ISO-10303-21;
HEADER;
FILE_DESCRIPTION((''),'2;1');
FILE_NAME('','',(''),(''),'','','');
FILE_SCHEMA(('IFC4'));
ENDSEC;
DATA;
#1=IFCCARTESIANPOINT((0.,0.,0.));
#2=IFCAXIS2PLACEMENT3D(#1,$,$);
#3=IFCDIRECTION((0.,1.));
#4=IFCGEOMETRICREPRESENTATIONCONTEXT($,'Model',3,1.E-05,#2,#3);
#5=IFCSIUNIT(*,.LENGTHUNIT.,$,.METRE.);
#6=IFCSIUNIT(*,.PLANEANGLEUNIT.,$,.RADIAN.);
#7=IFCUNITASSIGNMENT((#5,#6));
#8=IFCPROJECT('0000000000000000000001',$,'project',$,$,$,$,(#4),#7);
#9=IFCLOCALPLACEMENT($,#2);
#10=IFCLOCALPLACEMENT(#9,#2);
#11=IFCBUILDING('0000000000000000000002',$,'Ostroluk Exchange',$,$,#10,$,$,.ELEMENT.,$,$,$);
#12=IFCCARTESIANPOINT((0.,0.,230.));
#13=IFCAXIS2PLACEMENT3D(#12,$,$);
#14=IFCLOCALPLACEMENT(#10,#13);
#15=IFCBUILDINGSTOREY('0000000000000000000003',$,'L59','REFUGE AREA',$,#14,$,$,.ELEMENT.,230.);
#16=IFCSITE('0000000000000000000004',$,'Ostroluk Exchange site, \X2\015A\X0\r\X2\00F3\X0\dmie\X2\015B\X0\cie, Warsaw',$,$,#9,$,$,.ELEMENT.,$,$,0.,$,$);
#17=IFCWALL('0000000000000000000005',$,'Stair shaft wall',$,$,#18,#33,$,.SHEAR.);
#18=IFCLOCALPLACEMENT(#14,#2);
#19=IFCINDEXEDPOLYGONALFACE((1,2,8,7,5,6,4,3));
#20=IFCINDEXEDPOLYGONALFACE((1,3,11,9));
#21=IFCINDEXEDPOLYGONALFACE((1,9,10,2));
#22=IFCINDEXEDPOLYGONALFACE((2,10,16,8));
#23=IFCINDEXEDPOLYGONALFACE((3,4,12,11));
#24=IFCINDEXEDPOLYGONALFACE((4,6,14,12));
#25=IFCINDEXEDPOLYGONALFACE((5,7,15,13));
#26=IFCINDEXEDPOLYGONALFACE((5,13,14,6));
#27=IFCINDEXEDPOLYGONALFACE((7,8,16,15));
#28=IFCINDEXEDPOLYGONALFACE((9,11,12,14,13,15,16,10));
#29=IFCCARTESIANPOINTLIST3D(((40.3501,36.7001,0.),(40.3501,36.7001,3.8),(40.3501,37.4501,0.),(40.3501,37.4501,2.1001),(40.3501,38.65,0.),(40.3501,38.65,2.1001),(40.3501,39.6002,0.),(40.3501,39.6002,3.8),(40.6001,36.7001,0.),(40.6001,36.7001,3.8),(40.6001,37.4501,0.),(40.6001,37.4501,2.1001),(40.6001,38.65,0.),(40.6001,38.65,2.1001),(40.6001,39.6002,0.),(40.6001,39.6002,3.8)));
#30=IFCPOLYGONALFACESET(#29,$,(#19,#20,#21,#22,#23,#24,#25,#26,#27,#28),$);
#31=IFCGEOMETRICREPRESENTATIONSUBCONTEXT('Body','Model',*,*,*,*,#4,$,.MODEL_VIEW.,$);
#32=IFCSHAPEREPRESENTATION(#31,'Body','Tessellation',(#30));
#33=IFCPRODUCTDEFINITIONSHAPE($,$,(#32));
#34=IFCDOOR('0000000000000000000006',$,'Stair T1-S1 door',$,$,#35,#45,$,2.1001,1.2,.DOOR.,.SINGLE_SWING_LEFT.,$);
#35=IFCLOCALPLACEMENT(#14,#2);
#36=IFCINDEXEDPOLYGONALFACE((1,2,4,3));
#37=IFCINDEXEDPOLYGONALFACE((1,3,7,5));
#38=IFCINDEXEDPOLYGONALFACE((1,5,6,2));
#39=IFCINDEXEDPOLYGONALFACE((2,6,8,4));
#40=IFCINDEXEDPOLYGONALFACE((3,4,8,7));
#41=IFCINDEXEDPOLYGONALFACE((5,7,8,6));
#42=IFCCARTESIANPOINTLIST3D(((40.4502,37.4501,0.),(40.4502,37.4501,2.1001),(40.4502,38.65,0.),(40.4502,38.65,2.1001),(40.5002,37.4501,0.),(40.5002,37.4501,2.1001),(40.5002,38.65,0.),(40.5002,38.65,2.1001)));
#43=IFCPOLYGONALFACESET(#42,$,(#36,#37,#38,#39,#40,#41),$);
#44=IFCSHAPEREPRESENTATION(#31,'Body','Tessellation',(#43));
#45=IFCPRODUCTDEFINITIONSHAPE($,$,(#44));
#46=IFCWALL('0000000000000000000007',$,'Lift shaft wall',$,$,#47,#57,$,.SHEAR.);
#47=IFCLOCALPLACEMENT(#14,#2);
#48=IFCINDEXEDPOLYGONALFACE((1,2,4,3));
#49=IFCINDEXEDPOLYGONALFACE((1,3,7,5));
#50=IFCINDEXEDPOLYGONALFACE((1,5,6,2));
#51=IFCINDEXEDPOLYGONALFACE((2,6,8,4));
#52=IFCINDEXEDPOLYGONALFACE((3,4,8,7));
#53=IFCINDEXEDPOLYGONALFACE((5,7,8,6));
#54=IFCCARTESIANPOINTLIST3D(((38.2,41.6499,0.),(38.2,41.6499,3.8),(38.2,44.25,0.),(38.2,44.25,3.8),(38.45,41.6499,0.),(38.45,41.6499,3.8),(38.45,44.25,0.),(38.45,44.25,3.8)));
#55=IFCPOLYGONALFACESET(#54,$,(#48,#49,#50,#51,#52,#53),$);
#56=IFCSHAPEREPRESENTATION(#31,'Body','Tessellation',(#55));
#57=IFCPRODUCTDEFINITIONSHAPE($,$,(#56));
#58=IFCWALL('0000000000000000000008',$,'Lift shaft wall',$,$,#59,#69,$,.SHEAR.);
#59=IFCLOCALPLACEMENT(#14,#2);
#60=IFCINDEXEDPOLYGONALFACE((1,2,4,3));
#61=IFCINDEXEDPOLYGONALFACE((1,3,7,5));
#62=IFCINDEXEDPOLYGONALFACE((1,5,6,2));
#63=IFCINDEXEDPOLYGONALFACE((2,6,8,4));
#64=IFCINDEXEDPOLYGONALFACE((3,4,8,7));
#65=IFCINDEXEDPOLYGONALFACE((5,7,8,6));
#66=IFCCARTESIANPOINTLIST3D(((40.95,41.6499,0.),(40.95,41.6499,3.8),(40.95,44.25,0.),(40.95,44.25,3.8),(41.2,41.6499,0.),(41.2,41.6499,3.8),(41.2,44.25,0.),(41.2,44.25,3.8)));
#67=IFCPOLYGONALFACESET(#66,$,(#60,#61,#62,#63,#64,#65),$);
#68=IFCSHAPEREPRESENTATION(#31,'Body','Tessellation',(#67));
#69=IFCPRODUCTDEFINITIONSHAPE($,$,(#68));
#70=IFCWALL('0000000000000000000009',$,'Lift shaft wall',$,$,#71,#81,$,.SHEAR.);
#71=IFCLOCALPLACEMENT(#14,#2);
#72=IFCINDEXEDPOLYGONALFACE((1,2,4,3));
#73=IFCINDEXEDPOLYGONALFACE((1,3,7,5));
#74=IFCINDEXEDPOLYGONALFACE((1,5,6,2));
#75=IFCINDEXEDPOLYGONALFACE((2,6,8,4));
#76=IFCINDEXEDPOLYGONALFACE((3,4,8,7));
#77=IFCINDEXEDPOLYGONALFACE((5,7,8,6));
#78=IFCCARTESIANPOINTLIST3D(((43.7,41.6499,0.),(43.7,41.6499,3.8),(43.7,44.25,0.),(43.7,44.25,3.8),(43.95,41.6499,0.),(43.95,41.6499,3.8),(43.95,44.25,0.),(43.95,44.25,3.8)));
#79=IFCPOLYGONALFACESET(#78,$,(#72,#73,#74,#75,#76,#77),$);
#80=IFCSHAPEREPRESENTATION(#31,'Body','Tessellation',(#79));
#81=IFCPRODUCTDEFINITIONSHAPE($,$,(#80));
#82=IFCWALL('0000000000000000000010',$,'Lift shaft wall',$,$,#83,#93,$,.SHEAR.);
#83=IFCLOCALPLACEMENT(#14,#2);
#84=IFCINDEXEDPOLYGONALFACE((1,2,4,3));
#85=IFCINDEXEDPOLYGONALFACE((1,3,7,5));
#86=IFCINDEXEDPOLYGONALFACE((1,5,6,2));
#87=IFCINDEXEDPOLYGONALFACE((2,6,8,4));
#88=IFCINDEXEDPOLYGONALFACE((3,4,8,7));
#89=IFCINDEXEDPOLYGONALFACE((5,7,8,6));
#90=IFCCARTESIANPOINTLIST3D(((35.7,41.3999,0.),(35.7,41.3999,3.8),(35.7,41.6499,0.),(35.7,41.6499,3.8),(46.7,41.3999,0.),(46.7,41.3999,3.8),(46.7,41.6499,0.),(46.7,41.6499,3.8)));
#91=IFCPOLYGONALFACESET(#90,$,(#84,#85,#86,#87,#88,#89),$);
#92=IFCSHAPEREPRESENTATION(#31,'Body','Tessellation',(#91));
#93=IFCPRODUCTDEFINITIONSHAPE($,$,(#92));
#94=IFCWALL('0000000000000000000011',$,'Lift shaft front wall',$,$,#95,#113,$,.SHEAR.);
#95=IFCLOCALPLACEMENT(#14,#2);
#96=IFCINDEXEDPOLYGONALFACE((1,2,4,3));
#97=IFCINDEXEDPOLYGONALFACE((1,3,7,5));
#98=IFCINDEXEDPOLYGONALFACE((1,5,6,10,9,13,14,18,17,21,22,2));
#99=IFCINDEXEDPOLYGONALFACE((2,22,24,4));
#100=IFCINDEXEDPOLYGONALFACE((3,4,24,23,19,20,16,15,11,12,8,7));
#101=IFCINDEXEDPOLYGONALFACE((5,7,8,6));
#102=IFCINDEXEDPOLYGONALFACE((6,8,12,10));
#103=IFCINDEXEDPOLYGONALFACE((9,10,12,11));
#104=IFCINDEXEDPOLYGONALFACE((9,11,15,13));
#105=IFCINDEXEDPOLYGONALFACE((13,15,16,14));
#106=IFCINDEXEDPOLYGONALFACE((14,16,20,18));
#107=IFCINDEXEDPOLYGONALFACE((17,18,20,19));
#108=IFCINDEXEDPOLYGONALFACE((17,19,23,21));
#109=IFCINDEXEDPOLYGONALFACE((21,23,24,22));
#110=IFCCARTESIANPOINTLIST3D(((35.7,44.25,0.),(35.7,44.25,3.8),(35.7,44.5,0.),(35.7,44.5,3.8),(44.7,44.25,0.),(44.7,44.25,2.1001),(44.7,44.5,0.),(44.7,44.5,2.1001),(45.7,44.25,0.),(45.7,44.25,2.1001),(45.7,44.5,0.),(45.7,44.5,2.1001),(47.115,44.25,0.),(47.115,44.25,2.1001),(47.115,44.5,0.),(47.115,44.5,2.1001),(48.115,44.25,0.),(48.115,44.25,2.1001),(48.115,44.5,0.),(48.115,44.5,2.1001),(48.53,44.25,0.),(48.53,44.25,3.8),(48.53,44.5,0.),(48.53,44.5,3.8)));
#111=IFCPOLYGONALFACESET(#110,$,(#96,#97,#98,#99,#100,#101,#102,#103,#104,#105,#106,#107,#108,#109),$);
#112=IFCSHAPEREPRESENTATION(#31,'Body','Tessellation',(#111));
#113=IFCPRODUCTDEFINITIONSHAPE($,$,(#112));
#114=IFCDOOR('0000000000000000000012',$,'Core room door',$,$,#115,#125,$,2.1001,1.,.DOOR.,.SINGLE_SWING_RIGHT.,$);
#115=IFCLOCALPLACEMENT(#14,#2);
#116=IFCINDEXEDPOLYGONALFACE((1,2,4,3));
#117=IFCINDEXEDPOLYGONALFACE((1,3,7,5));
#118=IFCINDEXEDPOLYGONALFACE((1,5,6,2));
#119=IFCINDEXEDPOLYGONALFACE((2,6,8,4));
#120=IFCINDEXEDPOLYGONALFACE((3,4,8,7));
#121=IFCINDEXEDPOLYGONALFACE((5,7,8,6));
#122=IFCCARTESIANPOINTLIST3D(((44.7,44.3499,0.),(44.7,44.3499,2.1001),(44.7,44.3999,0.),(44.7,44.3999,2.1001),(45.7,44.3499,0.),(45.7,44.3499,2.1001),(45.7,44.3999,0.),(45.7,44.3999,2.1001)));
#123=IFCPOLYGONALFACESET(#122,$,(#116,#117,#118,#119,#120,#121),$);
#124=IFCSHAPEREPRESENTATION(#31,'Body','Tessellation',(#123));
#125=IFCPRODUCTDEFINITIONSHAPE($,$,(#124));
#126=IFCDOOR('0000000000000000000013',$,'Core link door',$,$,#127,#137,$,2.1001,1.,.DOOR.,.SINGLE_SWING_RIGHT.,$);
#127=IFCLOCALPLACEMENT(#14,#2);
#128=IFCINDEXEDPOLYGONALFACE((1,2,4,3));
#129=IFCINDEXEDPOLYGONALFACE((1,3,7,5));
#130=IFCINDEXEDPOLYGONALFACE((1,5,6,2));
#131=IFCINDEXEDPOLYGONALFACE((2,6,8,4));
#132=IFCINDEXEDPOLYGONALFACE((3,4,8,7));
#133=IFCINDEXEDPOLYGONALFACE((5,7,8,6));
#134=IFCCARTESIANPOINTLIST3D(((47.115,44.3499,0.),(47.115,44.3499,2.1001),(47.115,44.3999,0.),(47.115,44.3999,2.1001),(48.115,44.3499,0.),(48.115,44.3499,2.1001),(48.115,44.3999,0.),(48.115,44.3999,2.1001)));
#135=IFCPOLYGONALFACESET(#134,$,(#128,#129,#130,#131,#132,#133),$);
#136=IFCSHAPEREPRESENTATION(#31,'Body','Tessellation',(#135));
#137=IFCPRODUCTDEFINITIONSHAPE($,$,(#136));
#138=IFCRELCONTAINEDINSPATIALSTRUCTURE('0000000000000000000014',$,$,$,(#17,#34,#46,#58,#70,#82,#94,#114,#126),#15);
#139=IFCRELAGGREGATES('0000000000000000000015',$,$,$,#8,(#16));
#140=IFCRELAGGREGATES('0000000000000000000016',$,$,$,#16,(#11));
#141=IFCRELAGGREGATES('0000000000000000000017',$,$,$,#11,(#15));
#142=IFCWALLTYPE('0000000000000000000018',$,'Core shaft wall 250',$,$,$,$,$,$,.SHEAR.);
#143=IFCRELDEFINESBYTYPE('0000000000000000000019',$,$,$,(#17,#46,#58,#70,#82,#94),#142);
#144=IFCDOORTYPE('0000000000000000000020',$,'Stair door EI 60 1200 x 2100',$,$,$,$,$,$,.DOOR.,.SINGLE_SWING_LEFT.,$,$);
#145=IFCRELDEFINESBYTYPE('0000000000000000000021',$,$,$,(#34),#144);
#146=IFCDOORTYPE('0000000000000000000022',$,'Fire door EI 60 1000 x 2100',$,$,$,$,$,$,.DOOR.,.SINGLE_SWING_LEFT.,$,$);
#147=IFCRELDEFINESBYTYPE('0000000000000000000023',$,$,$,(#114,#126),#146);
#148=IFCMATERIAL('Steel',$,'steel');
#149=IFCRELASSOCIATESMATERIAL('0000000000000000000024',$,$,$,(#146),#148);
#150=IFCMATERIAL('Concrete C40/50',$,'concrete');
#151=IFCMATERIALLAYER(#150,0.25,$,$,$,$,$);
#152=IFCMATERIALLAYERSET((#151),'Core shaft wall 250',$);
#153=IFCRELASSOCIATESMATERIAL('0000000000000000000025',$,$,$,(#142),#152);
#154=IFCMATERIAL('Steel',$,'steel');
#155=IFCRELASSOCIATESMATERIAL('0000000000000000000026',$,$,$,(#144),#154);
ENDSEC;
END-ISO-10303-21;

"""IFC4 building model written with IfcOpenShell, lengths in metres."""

from ifc_helpers import new_model, si_unit, direction, frame, frame_2d, origin, place, context, subcontext, project, spatial, rectangle, extrude, material, layer, layer_set, type_object, element, fill, save


model = new_model("IFC4")

# Units and contexts
model_context = context("Model", 3, precision=1e-05, world=origin(), true_north=direction((0.0, 1.0)))
body_context = subcontext(model_context, "Body", "Model", "MODEL_VIEW")
ifc_project = project(units=[si_unit("LENGTHUNIT", "METRE"), si_unit("PLANEANGLEUNIT", "RADIAN")], contexts=[model_context])

# Site, building, storey
site_placement = place(None, origin())
site = spatial("IfcSite", under=ifc_project, at=site_placement, Name="Ostroluk Exchange site, Śródmieście, Warsaw", CompositionType="ELEMENT", RefElevation=0.0)
building_placement = place(site_placement, origin())
building = spatial("IfcBuilding", under=site, at=building_placement, Name="Ostroluk Exchange", CompositionType="ELEMENT")
storey_placement = place(building_placement, frame((0.0, 0.0, 230.0)))
storey = spatial("IfcBuildingStorey", under=building, at=storey_placement, Name="L59", Description="REFUGE AREA", CompositionType="ELEMENT", Elevation=230.0)

# Wall, opening, door
ifc_material_1 = material(Name="Steel", Category="steel")
door_type_1 = type_object("IfcDoorType", Name="Fire door EI 60 1000 x 2100", OperationType="SINGLE_SWING_LEFT", PredefinedType="DOOR", material=ifc_material_1)
ifc_material_2 = material(Name="Concrete C40/50", Category="concrete")
ifc_layer_1 = layer(ifc_material_2, 0.25)
ifc_layer_set_1 = layer_set([ifc_layer_1], Name="Core shaft wall 250")
wall_type_1 = type_object("IfcWallType", Name="Core shaft wall 250", PredefinedType="SHEAR", material=ifc_layer_set_1)
wall_1_placement = place(storey_placement, frame((40.4751, 36.7, 0.0), z_axis=(0.0, 0.0, 1.0), x_axis=(0.0, 1.0, 0.0)))
wall_1 = element("IfcWall", 1, at=wall_1_placement, inside=storey, type_object=wall_type_1, Name="Stair shaft wall", PredefinedType="SHEAR", context=body_context, shape_type="SweptSolid", body=[
    extrude(rectangle(XDim=2.9001, YDim=0.25, at=frame_2d((1.4502, 0.0))), origin(), (0.0, 0.0, 1.0), 3.8),
])
opening_1_placement = place(wall_1_placement, frame((0.75, 0.0, 0.0)))
opening_1 = element("IfcOpeningElement", 2, at=opening_1_placement, cuts=wall_1, PredefinedType="OPENING", context=body_context, shape_type="SweptSolid", body=[
    extrude(rectangle(XDim=1.2, YDim=2.1001, at=frame_2d((0.6001, 1.05))), frame((0.0, 0.135, 0.0), z_axis=(0.0, -1.0, 0.0), x_axis=(1.0, 0.0, 0.0)), (0.0, 0.0, 1.0), 0.27),
])
ifc_material_3 = material(Name="Steel", Category="steel")
door_type_2 = type_object("IfcDoorType", Name="Stair door EI 60 1200 x 2100", OperationType="SINGLE_SWING_LEFT", PredefinedType="DOOR", material=ifc_material_3)
door_1_placement = place(opening_1_placement, origin())
door_1 = element("IfcDoor", 3, at=door_1_placement, inside=storey, type_object=door_type_2, Name="Stair T1-S1 door", OperationType="SINGLE_SWING_LEFT", OverallHeight=2.1001, OverallWidth=1.2, PredefinedType="DOOR", context=body_context, shape_type="SweptSolid", body=[
    extrude(rectangle(XDim=1.2, YDim=2.1001, at=frame_2d((0.6001, 1.05))), frame((0.0, 0.0249, 0.0), z_axis=(0.0, -1.0, 0.0), x_axis=(1.0, 0.0, 0.0)), (0.0, 0.0, 1.0), 0.05),
])
fill(opening_1, door_1)

# Walls
for number, where, z_axis, x_axis, name in (
    (4, (38.325, 44.25, 0.0), (0.0, 0.0, 1.0), (0.0, -1.0, 0.0), "Lift shaft wall"),
    (5, (41.075, 44.25, 0.0), (0.0, 0.0, 1.0), (0.0, -1.0, 0.0), "Lift shaft wall"),
    (6, (43.825, 44.25, 0.0), (0.0, 0.0, 1.0), (0.0, -1.0, 0.0), "Lift shaft wall"),
):
    element("IfcWall", number, at=place(storey_placement, frame(where, z_axis=z_axis, x_axis=x_axis)), inside=storey, type_object=wall_type_1, Name=name, PredefinedType="SHEAR", context=body_context, shape_type="SweptSolid", body=[
        extrude(rectangle(XDim=2.6001, YDim=0.25, at=frame_2d((1.3, 0.0))), origin(), (0.0, 0.0, 1.0), 3.8),
    ])
wall_2_placement = place(storey_placement, frame((35.7, 41.5249, 0.0), z_axis=(0.0, 0.0, 1.0), x_axis=(1.0, 0.0, 0.0)))
element("IfcWall", 7, at=wall_2_placement, inside=storey, type_object=wall_type_1, Name="Lift shaft wall", PredefinedType="SHEAR", context=body_context, shape_type="SweptSolid", body=[
    extrude(rectangle(XDim=11.0, YDim=0.25, at=frame_2d((5.5, 0.0))), origin(), (0.0, 0.0, 1.0), 3.8),
])

# Wall, openings, doors
wall_3_placement = place(storey_placement, frame((35.7, 44.375, 0.0), z_axis=(0.0, 0.0, 1.0), x_axis=(1.0, 0.0, 0.0)))
wall_3 = element("IfcWall", 8, at=wall_3_placement, inside=storey, type_object=wall_type_1, Name="Lift shaft front wall", PredefinedType="SHEAR", context=body_context, shape_type="SweptSolid", body=[
    extrude(rectangle(XDim=12.8301, YDim=0.25, at=frame_2d((6.415, 0.0))), origin(), (0.0, 0.0, 1.0), 3.8),
])
opening_2_placement = place(wall_3_placement, frame((9.0, 0.0, 0.0)))
opening_2 = element("IfcOpeningElement", 9, at=opening_2_placement, cuts=wall_3, PredefinedType="OPENING", context=body_context, shape_type="SweptSolid", body=[
    extrude(rectangle(XDim=1.0, YDim=2.1001, at=frame_2d((0.5, 1.05))), frame((0.0, 0.135, 0.0), z_axis=(0.0, -1.0, 0.0), x_axis=(1.0, 0.0, 0.0)), (0.0, 0.0, 1.0), 0.27),
])
opening_3_placement = place(wall_3_placement, frame((11.415, 0.0, 0.0)))
opening_3 = element("IfcOpeningElement", 10, at=opening_3_placement, cuts=wall_3, PredefinedType="OPENING", context=body_context, shape_type="SweptSolid", body=[
    extrude(rectangle(XDim=1.0, YDim=2.1001, at=frame_2d((0.5, 1.05))), frame((0.0, 0.135, 0.0), z_axis=(0.0, -1.0, 0.0), x_axis=(1.0, 0.0, 0.0)), (0.0, 0.0, 1.0), 0.27),
])
door_2_placement = place(opening_2_placement, origin())
door_2 = element("IfcDoor", 11, at=door_2_placement, inside=storey, type_object=door_type_1, Name="Core room door", OperationType="SINGLE_SWING_RIGHT", OverallHeight=2.1001, OverallWidth=1.0, PredefinedType="DOOR", context=body_context, shape_type="SweptSolid", body=[
    extrude(rectangle(XDim=1.0, YDim=2.1001, at=frame_2d((0.5, 1.05))), frame((0.0, 0.0249, 0.0), z_axis=(0.0, -1.0, 0.0), x_axis=(1.0, 0.0, 0.0)), (0.0, 0.0, 1.0), 0.05),
])
fill(opening_2, door_2)
door_3_placement = place(opening_3_placement, origin())
door_3 = element("IfcDoor", 12, at=door_3_placement, inside=storey, type_object=door_type_1, Name="Core link door", OperationType="SINGLE_SWING_RIGHT", OverallHeight=2.1001, OverallWidth=1.0, PredefinedType="DOOR", context=body_context, shape_type="SweptSolid", body=[
    extrude(rectangle(XDim=1.0, YDim=2.1001, at=frame_2d((0.5, 1.05))), frame((0.0, 0.0249, 0.0), z_axis=(0.0, -1.0, 0.0), x_axis=(1.0, 0.0, 0.0)), (0.0, 0.0, 1.0), 0.05),
])
fill(opening_3, door_3)

save(model, "model.ifc")
